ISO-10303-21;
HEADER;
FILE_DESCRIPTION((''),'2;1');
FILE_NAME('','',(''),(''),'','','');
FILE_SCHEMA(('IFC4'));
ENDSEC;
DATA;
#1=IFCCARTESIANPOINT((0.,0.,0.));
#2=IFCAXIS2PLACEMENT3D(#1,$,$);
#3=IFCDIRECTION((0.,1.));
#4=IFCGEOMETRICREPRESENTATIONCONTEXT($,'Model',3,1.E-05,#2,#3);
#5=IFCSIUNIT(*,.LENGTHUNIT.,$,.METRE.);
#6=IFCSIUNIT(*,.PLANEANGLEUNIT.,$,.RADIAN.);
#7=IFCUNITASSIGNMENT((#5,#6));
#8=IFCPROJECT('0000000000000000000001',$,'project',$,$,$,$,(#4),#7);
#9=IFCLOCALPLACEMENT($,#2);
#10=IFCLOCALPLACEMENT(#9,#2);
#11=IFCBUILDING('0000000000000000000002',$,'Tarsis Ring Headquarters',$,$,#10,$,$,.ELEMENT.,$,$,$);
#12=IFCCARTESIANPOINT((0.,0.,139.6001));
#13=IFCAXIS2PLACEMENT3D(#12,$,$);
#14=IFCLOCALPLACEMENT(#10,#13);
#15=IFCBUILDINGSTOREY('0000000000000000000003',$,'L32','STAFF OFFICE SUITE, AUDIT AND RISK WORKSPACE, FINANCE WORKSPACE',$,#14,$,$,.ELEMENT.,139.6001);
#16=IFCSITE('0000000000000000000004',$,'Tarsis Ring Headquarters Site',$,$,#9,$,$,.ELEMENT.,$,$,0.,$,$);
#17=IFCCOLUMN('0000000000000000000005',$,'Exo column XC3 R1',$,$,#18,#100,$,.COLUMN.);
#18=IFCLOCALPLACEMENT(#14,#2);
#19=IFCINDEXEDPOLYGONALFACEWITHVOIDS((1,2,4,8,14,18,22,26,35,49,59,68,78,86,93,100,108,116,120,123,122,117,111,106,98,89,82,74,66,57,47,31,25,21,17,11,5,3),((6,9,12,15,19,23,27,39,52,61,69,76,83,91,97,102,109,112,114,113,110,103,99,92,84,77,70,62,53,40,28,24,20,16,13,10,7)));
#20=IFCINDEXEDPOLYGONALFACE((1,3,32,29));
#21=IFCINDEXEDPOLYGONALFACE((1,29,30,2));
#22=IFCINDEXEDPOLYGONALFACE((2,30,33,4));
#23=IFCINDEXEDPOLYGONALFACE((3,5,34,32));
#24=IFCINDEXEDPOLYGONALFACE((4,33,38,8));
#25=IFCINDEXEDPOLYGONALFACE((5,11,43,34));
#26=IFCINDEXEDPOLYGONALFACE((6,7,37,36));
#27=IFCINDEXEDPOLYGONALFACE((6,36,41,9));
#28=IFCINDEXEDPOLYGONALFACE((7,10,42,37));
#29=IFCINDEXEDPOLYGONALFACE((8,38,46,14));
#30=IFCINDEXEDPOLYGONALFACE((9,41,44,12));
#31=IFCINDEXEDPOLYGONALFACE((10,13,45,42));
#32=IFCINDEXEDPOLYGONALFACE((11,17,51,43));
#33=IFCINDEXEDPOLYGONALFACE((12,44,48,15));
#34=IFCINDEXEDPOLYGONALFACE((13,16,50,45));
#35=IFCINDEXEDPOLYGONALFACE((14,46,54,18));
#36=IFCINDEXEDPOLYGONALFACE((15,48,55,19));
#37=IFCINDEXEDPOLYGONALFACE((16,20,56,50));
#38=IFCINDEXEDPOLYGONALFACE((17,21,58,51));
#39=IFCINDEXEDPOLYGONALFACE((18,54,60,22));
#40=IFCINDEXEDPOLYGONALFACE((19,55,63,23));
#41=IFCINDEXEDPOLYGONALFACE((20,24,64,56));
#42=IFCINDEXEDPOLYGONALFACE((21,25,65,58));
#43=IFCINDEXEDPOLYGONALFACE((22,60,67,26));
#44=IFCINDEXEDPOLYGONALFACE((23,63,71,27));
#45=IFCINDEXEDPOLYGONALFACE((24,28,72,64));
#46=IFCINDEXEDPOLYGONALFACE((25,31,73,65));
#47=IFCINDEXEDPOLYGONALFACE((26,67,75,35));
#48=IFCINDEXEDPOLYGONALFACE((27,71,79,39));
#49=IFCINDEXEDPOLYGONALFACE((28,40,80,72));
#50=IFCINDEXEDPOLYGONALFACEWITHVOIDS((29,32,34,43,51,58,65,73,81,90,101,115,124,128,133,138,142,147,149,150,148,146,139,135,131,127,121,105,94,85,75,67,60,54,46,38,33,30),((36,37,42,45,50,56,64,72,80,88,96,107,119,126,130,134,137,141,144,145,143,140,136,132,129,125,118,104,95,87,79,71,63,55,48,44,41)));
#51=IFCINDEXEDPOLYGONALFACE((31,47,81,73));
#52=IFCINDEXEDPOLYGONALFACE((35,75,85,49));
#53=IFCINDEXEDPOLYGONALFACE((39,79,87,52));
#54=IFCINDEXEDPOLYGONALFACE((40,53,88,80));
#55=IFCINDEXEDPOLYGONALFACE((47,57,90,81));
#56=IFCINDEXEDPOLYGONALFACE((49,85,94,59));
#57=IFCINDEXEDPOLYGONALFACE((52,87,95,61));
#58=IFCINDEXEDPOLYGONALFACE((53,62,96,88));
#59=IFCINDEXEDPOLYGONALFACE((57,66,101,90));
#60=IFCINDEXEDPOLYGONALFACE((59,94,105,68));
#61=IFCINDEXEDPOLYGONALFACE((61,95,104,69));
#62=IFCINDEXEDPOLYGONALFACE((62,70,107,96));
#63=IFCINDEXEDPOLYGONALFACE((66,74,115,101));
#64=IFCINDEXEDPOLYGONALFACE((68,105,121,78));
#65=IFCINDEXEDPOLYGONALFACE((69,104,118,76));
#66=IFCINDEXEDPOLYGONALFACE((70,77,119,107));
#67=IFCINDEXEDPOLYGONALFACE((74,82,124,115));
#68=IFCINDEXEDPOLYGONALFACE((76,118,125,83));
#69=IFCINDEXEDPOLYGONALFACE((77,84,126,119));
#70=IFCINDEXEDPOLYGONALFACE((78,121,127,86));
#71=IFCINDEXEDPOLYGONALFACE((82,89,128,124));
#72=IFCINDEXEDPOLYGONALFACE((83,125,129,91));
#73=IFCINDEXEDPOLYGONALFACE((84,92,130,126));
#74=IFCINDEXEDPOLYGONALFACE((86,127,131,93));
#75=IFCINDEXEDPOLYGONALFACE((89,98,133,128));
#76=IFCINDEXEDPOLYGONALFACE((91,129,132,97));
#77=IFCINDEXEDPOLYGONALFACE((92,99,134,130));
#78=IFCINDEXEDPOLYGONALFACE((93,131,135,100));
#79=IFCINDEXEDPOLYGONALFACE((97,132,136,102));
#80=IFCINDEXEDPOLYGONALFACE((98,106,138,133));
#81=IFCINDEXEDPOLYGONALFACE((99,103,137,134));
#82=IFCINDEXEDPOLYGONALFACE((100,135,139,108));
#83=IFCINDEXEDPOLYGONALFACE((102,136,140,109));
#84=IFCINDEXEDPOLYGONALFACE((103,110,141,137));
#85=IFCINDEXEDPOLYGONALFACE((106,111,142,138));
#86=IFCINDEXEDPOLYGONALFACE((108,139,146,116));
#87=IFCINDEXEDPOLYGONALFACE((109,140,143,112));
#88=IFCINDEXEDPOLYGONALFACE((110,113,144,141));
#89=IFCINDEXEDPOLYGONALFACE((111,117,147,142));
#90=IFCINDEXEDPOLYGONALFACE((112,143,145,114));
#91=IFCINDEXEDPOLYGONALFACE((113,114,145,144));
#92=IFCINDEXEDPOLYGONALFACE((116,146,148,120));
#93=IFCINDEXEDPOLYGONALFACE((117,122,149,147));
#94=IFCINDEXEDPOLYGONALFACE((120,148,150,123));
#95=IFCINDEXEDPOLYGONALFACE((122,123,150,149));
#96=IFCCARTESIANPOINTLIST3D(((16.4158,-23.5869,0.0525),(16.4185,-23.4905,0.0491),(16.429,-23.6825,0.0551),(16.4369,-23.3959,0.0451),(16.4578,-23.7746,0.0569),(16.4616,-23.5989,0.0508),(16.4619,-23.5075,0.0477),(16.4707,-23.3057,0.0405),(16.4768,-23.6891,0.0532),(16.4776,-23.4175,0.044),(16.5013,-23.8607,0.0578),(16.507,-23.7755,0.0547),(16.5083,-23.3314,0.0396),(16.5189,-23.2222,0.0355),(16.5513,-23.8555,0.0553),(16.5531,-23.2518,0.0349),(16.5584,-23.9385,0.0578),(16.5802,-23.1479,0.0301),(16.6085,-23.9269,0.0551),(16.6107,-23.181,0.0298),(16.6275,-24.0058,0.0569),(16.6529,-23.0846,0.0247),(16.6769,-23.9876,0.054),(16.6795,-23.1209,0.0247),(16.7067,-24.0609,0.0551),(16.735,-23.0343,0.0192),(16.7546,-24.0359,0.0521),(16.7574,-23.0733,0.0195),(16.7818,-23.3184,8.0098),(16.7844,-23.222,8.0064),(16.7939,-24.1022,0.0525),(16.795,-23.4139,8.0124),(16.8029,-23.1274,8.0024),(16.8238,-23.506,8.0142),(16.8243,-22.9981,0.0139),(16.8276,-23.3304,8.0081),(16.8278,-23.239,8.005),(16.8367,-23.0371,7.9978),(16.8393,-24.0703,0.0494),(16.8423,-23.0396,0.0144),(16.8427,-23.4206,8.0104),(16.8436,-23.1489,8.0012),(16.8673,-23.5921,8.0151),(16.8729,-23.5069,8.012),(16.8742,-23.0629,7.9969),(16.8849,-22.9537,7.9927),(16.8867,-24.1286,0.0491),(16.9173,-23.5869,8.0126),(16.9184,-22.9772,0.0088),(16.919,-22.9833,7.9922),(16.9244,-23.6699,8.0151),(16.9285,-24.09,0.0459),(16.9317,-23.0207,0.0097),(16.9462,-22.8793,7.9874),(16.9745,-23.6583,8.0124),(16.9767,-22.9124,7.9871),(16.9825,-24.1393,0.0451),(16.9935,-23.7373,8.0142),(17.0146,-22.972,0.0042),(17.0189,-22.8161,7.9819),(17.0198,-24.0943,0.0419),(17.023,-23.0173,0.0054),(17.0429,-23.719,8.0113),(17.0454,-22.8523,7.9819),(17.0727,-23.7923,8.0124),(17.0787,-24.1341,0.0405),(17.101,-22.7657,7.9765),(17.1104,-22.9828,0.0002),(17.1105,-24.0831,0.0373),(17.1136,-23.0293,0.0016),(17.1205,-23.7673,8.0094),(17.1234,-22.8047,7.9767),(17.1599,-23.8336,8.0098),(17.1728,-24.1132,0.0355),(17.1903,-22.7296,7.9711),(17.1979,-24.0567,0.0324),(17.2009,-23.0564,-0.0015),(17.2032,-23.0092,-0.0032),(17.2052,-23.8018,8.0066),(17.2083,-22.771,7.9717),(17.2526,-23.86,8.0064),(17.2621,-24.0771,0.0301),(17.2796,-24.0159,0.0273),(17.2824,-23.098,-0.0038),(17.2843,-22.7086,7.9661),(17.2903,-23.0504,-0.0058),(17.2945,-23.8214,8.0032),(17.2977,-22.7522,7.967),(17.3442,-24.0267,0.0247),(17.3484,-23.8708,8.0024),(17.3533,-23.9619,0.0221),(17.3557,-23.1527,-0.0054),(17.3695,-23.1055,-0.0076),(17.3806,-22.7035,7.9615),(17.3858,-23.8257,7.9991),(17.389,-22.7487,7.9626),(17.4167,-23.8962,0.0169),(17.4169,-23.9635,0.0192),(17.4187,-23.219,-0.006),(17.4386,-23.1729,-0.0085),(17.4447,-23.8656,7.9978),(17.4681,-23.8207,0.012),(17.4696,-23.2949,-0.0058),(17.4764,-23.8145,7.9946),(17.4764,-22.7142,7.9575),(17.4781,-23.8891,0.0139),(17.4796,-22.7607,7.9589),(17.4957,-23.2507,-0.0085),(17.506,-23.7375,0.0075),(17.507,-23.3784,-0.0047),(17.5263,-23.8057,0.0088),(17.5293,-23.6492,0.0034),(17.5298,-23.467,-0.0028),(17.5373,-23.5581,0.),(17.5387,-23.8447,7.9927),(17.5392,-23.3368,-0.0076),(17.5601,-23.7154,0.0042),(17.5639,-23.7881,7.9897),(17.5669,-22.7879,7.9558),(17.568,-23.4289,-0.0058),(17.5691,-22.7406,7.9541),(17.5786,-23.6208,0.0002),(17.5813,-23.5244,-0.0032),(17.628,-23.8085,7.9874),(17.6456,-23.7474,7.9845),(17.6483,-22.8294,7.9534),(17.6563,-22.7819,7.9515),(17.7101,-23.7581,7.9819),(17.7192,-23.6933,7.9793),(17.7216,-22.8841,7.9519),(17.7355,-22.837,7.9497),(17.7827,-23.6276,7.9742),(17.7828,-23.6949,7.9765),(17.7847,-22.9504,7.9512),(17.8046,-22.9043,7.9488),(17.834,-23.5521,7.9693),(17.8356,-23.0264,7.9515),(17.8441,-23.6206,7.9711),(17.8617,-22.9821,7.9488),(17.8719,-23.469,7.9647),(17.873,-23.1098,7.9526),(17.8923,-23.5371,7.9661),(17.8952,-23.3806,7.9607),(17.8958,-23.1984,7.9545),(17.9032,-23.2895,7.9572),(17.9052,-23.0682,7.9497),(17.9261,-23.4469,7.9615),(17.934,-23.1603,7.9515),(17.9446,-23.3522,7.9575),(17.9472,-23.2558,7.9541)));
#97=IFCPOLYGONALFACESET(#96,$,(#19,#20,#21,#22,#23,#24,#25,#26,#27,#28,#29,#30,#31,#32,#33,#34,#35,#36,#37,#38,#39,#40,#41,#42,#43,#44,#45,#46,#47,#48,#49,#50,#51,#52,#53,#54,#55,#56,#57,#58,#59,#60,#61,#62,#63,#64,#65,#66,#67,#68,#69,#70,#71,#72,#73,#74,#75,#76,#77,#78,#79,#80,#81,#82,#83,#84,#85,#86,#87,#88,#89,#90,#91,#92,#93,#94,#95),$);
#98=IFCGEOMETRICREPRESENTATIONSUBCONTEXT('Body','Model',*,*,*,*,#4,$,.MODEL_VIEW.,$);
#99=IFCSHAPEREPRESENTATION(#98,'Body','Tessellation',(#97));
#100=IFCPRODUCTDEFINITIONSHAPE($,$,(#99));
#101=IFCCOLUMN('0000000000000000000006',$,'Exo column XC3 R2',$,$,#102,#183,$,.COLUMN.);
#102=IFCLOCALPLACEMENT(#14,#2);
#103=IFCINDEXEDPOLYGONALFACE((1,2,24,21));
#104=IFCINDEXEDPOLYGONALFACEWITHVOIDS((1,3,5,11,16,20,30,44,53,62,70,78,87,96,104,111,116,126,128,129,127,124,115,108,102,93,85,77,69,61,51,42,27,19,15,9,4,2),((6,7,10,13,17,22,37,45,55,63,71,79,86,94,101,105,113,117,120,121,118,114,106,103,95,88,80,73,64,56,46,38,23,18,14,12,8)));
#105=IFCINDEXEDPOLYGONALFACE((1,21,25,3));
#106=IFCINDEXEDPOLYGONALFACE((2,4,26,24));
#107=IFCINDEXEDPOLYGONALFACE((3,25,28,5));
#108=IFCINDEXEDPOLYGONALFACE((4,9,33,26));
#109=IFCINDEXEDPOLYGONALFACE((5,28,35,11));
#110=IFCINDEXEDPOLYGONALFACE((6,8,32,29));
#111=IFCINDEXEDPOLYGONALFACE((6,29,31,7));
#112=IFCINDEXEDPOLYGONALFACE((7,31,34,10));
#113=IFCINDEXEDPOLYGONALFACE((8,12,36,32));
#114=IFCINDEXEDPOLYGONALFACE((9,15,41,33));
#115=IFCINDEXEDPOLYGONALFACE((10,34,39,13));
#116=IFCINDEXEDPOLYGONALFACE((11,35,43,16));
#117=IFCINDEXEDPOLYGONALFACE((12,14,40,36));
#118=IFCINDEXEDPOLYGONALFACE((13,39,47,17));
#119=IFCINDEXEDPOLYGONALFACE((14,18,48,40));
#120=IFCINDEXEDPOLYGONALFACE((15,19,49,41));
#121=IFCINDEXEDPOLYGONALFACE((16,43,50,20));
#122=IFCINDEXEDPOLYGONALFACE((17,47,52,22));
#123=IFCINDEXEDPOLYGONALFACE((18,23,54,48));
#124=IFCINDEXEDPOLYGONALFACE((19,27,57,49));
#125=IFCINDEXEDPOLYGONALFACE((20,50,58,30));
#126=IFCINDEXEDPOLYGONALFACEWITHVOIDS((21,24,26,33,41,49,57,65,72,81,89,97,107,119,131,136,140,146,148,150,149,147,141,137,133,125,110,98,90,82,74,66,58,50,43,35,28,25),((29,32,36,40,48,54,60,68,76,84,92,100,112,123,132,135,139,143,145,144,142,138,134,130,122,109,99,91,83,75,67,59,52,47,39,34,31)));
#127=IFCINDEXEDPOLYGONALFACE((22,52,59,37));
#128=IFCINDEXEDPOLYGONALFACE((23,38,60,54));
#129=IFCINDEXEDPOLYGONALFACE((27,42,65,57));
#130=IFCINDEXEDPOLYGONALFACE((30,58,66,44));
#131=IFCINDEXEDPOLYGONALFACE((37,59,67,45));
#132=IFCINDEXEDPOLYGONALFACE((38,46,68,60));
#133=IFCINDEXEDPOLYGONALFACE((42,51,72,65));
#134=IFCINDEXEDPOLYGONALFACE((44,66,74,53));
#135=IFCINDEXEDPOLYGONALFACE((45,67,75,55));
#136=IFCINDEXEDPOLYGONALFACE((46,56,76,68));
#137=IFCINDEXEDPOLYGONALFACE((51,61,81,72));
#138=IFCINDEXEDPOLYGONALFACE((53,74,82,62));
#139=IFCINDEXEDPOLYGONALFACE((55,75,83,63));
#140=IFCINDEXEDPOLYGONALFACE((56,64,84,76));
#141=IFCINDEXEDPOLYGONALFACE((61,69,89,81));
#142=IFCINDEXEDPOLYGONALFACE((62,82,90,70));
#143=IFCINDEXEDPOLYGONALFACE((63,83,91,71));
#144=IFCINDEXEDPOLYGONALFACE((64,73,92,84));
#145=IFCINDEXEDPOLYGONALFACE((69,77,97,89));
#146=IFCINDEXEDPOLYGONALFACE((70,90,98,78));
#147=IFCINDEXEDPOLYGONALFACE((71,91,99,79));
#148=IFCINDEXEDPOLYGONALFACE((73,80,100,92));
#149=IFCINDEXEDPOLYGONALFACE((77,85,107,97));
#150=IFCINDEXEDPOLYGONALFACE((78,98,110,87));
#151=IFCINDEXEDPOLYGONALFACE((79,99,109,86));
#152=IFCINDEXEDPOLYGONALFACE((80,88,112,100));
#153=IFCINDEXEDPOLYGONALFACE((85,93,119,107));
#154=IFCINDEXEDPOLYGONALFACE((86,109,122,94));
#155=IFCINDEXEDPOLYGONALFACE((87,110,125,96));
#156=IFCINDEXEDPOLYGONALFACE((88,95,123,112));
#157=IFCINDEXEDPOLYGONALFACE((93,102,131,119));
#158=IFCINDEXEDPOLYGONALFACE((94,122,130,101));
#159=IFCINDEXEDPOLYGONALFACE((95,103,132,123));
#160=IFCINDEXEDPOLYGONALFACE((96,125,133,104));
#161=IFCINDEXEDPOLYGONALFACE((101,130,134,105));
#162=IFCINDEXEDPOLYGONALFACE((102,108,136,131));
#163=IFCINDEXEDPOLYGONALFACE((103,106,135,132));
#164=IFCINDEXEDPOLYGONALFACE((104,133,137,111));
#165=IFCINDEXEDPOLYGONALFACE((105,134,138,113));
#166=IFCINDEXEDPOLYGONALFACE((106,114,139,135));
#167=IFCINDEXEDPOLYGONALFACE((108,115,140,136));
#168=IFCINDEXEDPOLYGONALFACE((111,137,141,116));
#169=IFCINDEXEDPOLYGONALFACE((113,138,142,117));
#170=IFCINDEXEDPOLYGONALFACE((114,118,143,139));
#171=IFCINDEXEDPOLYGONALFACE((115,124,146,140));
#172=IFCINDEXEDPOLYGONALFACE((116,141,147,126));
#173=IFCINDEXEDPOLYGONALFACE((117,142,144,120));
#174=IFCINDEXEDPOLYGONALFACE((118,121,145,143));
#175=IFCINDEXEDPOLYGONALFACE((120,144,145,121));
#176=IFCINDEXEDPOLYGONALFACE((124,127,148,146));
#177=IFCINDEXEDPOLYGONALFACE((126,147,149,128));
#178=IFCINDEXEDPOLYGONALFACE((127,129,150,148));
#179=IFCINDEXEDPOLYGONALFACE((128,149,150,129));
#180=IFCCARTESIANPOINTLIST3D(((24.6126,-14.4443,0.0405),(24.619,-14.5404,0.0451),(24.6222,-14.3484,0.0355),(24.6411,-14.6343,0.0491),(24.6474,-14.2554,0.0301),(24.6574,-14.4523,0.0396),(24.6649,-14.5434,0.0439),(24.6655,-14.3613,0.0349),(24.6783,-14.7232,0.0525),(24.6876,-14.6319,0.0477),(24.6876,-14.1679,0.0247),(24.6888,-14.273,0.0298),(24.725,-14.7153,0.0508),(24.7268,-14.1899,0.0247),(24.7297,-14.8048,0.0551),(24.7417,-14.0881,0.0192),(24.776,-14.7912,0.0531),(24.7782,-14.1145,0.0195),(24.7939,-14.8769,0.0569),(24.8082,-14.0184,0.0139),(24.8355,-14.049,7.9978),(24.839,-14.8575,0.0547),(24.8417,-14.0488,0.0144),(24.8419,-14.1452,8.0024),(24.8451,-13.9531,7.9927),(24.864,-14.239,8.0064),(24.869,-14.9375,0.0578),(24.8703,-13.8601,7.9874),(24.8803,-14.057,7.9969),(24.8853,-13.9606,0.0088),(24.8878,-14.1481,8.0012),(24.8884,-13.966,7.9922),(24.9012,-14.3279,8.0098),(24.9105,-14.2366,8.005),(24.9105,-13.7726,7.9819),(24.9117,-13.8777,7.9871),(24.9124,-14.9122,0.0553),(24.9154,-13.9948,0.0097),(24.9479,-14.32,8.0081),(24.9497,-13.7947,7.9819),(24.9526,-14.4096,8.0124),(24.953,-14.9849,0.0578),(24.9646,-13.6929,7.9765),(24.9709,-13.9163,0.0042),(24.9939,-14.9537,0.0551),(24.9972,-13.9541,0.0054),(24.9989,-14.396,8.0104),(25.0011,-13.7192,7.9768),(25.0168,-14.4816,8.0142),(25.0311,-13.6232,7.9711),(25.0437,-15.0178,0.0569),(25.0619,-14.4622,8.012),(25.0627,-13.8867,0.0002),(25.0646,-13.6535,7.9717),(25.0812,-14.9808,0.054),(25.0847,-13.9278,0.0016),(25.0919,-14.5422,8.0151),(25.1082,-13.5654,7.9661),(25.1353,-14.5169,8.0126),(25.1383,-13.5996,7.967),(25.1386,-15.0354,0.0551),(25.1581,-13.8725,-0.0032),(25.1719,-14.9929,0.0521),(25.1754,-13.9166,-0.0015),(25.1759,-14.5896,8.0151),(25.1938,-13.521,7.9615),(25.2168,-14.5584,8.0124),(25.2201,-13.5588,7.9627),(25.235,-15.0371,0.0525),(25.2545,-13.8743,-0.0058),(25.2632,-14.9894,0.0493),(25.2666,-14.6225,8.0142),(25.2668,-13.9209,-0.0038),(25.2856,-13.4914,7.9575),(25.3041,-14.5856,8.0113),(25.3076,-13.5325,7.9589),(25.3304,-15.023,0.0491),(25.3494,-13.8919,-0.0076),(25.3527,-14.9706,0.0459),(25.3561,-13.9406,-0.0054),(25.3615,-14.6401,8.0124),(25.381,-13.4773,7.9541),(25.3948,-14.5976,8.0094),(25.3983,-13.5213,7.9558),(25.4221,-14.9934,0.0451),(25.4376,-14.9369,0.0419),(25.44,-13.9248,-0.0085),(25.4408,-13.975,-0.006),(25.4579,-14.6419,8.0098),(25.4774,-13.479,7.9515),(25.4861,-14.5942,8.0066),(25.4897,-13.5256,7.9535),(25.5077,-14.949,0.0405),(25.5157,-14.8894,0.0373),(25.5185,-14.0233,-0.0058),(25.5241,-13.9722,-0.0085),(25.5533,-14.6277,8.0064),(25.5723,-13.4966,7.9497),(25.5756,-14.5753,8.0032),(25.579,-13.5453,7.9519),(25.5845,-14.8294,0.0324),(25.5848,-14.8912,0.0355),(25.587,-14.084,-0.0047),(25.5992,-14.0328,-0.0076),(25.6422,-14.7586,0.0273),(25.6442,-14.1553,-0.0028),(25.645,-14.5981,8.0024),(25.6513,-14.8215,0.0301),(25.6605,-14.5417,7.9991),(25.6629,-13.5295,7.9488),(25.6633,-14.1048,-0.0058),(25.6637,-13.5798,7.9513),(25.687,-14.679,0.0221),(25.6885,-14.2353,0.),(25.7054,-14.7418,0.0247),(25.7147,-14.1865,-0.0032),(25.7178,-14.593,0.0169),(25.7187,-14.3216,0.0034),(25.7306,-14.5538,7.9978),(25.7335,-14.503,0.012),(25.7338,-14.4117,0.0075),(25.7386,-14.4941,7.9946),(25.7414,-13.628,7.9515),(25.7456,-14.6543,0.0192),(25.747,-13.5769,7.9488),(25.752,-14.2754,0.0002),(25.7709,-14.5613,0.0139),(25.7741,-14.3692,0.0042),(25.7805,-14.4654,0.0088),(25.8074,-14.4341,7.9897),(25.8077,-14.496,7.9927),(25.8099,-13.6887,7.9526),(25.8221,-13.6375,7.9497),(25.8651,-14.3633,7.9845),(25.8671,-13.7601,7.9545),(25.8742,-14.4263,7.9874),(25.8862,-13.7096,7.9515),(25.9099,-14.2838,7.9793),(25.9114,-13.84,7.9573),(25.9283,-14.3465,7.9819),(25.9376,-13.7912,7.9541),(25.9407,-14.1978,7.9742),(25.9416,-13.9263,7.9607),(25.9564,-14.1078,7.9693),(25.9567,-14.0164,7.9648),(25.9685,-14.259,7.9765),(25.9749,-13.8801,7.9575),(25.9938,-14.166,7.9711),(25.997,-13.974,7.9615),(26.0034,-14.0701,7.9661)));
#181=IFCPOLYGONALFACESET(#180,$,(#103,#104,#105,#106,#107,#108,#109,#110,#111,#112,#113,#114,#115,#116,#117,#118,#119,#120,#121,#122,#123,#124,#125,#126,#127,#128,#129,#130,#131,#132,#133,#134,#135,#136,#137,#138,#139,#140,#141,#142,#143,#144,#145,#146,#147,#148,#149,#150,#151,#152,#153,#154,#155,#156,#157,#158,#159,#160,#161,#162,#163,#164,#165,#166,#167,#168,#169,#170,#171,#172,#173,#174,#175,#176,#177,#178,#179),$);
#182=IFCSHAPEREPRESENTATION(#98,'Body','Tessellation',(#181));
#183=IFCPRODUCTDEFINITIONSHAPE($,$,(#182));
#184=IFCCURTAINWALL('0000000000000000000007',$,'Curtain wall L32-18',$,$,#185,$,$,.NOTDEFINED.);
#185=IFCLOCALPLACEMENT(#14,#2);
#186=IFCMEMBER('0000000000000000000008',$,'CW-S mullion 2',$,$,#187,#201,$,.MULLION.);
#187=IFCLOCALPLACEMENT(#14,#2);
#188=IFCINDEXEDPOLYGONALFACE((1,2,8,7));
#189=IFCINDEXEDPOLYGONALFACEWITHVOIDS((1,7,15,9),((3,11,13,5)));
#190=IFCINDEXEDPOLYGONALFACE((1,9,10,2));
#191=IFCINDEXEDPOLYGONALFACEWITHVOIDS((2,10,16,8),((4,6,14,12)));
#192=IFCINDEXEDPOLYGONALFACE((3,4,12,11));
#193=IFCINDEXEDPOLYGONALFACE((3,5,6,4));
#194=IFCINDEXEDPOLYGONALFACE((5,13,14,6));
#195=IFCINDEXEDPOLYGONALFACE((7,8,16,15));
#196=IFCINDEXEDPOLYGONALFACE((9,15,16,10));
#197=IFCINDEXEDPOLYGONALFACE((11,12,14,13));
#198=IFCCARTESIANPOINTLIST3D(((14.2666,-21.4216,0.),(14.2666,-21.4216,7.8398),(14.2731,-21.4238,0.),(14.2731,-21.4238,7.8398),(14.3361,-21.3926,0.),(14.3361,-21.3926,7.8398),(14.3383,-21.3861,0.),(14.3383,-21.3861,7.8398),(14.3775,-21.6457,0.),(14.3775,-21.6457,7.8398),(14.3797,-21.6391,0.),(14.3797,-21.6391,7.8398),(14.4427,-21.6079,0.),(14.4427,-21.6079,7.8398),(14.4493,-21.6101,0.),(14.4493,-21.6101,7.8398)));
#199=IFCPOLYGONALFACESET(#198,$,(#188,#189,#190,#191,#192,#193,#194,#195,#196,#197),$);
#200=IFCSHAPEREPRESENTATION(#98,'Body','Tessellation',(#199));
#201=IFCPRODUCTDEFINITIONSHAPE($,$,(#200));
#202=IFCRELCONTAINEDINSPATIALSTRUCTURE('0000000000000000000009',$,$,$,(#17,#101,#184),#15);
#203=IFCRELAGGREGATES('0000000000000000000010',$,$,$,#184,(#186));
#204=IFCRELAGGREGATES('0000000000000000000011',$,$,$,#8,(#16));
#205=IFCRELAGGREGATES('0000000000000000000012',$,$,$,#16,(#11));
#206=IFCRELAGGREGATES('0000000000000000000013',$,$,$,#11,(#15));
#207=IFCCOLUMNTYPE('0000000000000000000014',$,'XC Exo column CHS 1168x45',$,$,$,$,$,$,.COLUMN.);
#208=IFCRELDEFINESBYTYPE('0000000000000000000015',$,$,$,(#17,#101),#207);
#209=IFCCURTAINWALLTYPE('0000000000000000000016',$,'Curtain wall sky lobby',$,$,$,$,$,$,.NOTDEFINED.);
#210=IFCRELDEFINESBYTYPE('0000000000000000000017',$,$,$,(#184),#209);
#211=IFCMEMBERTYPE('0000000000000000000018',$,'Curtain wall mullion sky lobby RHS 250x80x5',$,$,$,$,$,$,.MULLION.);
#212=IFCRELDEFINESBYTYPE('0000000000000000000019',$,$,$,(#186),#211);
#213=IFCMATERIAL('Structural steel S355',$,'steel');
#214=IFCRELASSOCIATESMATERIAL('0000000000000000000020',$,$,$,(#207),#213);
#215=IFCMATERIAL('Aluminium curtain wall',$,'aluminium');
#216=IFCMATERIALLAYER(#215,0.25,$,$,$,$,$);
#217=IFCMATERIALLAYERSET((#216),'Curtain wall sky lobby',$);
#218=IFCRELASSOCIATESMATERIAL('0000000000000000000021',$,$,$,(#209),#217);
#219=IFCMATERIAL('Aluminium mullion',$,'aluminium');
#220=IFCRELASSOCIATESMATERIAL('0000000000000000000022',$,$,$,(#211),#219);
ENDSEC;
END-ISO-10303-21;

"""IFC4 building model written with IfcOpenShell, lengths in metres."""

from ifc_helpers import new_model, si_unit, direction, frame, origin, origin_2d, place, context, subcontext, project, spatial, hollow_rectangle, hollow_circle, extrude, material, layer, layer_set, material_profile, profile_set, type_object, element, aggregate, save


model = new_model("IFC4")

# Units and contexts
model_context = context("Model", 3, precision=1e-05, world=origin(), true_north=direction((0.0, 1.0)))
body_context = subcontext(model_context, "Body", "Model", "MODEL_VIEW")
ifc_project = project(units=[si_unit("LENGTHUNIT", "METRE"), si_unit("PLANEANGLEUNIT", "RADIAN")], contexts=[model_context])

# Site, building, storey
site_placement = place(None, origin())
site = spatial("IfcSite", under=ifc_project, at=site_placement, Name="Tarsis Ring Headquarters Site", CompositionType="ELEMENT", RefElevation=0.0)
building_placement = place(site_placement, origin())
building = spatial("IfcBuilding", under=site, at=building_placement, Name="Tarsis Ring Headquarters", CompositionType="ELEMENT")
storey_placement = place(building_placement, frame((0.0, 0.0, 139.6001)))
storey = spatial("IfcBuildingStorey", under=building, at=storey_placement, Name="L32", Description="STAFF OFFICE SUITE, AUDIT AND RISK WORKSPACE, FINANCE WORKSPACE", CompositionType="ELEMENT", Elevation=139.6001)

# Columns
ifc_material_1 = material(Name="Structural steel S355", Category="steel")
ifc_material_profile_1 = material_profile(ifc_material_1, hollow_circle(Radius=0.5842, WallThickness=0.0449, at=origin_2d()), Name="CHS 1168x45")
ifc_profile_set_1 = profile_set([ifc_material_profile_1], Name="Structural steel S355")
column_type = type_object("IfcColumnType", Name="XC Exo column CHS 1168x45", PredefinedType="COLUMN", material=ifc_profile_set_1)
for number, where, z_axis, x_axis, name in (
    (1, (16.9985, -23.5557, 0.0247), (0.045917, 0.033695, 0.998377), (-0.59162, 0.806217, 0.0), "Exo column XC3 R1"),
    (2, (25.1965, -14.4548, 0.0247), (0.027967, 0.049593, 0.998378), (-0.871043, 0.491206, 0.0), "Exo column XC3 R2"),
):
    element("IfcColumn", number, at=place(storey_placement, frame(where, z_axis=z_axis, x_axis=x_axis)), inside=storey, type_object=column_type, Name=name, PredefinedType="COLUMN", context=body_context, shape_type="SweptSolid", body=[
        extrude(hollow_circle(Radius=0.5842, WallThickness=0.0449, at=origin_2d()), origin(), (0.0, 0.0, 1.0), 7.9702),
    ])

# Curtain wall, member
ifc_material_2 = material(Name="Aluminium curtain wall", Category="aluminium")
ifc_layer_1 = layer(ifc_material_2, 0.25)
ifc_layer_set_1 = layer_set([ifc_layer_1], Name="Curtain wall sky lobby")
curtain_wall_type = type_object("IfcCurtainWallType", Name="Curtain wall sky lobby", PredefinedType="NOTDEFINED", material=ifc_layer_set_1)
curtain_wall_1_placement = place(storey_placement, origin())
curtain_wall_1 = element("IfcCurtainWall", 3, at=curtain_wall_1_placement, inside=storey, type_object=curtain_wall_type, Name="Curtain wall L32-18", PredefinedType="NOTDEFINED")
ifc_material_3 = material(Name="Aluminium mullion", Category="aluminium")
ifc_material_profile_2 = material_profile(ifc_material_3, hollow_rectangle(XDim=0.25, YDim=0.0801, WallThickness=0.0049, at=origin_2d()), Name="RHS 250x80x5")
ifc_profile_set_2 = profile_set([ifc_material_profile_2], Name="Aluminium mullion")
member_type_1 = type_object("IfcMemberType", Name="Curtain wall mullion sky lobby RHS 250x80x5", PredefinedType="MULLION", material=ifc_profile_set_2)
member_1_placement = place(storey_placement, frame((14.3579, -21.5159, 0.0), z_axis=(0.0, 0.0, 1.0), x_axis=(-0.443697, 0.896177, 0.0)))
member_1 = element("IfcMember", 4, at=member_1_placement, type_object=member_type_1, Name="CW-S mullion 2", PredefinedType="MULLION", context=body_context, shape_type="SweptSolid", body=[
    extrude(hollow_rectangle(XDim=0.25, YDim=0.0801, WallThickness=0.0049, at=origin_2d()), origin(), (0.0, 0.0, 1.0), 7.8398),
])
aggregate(curtain_wall_1, [member_1])

save(model, "model.ifc")
